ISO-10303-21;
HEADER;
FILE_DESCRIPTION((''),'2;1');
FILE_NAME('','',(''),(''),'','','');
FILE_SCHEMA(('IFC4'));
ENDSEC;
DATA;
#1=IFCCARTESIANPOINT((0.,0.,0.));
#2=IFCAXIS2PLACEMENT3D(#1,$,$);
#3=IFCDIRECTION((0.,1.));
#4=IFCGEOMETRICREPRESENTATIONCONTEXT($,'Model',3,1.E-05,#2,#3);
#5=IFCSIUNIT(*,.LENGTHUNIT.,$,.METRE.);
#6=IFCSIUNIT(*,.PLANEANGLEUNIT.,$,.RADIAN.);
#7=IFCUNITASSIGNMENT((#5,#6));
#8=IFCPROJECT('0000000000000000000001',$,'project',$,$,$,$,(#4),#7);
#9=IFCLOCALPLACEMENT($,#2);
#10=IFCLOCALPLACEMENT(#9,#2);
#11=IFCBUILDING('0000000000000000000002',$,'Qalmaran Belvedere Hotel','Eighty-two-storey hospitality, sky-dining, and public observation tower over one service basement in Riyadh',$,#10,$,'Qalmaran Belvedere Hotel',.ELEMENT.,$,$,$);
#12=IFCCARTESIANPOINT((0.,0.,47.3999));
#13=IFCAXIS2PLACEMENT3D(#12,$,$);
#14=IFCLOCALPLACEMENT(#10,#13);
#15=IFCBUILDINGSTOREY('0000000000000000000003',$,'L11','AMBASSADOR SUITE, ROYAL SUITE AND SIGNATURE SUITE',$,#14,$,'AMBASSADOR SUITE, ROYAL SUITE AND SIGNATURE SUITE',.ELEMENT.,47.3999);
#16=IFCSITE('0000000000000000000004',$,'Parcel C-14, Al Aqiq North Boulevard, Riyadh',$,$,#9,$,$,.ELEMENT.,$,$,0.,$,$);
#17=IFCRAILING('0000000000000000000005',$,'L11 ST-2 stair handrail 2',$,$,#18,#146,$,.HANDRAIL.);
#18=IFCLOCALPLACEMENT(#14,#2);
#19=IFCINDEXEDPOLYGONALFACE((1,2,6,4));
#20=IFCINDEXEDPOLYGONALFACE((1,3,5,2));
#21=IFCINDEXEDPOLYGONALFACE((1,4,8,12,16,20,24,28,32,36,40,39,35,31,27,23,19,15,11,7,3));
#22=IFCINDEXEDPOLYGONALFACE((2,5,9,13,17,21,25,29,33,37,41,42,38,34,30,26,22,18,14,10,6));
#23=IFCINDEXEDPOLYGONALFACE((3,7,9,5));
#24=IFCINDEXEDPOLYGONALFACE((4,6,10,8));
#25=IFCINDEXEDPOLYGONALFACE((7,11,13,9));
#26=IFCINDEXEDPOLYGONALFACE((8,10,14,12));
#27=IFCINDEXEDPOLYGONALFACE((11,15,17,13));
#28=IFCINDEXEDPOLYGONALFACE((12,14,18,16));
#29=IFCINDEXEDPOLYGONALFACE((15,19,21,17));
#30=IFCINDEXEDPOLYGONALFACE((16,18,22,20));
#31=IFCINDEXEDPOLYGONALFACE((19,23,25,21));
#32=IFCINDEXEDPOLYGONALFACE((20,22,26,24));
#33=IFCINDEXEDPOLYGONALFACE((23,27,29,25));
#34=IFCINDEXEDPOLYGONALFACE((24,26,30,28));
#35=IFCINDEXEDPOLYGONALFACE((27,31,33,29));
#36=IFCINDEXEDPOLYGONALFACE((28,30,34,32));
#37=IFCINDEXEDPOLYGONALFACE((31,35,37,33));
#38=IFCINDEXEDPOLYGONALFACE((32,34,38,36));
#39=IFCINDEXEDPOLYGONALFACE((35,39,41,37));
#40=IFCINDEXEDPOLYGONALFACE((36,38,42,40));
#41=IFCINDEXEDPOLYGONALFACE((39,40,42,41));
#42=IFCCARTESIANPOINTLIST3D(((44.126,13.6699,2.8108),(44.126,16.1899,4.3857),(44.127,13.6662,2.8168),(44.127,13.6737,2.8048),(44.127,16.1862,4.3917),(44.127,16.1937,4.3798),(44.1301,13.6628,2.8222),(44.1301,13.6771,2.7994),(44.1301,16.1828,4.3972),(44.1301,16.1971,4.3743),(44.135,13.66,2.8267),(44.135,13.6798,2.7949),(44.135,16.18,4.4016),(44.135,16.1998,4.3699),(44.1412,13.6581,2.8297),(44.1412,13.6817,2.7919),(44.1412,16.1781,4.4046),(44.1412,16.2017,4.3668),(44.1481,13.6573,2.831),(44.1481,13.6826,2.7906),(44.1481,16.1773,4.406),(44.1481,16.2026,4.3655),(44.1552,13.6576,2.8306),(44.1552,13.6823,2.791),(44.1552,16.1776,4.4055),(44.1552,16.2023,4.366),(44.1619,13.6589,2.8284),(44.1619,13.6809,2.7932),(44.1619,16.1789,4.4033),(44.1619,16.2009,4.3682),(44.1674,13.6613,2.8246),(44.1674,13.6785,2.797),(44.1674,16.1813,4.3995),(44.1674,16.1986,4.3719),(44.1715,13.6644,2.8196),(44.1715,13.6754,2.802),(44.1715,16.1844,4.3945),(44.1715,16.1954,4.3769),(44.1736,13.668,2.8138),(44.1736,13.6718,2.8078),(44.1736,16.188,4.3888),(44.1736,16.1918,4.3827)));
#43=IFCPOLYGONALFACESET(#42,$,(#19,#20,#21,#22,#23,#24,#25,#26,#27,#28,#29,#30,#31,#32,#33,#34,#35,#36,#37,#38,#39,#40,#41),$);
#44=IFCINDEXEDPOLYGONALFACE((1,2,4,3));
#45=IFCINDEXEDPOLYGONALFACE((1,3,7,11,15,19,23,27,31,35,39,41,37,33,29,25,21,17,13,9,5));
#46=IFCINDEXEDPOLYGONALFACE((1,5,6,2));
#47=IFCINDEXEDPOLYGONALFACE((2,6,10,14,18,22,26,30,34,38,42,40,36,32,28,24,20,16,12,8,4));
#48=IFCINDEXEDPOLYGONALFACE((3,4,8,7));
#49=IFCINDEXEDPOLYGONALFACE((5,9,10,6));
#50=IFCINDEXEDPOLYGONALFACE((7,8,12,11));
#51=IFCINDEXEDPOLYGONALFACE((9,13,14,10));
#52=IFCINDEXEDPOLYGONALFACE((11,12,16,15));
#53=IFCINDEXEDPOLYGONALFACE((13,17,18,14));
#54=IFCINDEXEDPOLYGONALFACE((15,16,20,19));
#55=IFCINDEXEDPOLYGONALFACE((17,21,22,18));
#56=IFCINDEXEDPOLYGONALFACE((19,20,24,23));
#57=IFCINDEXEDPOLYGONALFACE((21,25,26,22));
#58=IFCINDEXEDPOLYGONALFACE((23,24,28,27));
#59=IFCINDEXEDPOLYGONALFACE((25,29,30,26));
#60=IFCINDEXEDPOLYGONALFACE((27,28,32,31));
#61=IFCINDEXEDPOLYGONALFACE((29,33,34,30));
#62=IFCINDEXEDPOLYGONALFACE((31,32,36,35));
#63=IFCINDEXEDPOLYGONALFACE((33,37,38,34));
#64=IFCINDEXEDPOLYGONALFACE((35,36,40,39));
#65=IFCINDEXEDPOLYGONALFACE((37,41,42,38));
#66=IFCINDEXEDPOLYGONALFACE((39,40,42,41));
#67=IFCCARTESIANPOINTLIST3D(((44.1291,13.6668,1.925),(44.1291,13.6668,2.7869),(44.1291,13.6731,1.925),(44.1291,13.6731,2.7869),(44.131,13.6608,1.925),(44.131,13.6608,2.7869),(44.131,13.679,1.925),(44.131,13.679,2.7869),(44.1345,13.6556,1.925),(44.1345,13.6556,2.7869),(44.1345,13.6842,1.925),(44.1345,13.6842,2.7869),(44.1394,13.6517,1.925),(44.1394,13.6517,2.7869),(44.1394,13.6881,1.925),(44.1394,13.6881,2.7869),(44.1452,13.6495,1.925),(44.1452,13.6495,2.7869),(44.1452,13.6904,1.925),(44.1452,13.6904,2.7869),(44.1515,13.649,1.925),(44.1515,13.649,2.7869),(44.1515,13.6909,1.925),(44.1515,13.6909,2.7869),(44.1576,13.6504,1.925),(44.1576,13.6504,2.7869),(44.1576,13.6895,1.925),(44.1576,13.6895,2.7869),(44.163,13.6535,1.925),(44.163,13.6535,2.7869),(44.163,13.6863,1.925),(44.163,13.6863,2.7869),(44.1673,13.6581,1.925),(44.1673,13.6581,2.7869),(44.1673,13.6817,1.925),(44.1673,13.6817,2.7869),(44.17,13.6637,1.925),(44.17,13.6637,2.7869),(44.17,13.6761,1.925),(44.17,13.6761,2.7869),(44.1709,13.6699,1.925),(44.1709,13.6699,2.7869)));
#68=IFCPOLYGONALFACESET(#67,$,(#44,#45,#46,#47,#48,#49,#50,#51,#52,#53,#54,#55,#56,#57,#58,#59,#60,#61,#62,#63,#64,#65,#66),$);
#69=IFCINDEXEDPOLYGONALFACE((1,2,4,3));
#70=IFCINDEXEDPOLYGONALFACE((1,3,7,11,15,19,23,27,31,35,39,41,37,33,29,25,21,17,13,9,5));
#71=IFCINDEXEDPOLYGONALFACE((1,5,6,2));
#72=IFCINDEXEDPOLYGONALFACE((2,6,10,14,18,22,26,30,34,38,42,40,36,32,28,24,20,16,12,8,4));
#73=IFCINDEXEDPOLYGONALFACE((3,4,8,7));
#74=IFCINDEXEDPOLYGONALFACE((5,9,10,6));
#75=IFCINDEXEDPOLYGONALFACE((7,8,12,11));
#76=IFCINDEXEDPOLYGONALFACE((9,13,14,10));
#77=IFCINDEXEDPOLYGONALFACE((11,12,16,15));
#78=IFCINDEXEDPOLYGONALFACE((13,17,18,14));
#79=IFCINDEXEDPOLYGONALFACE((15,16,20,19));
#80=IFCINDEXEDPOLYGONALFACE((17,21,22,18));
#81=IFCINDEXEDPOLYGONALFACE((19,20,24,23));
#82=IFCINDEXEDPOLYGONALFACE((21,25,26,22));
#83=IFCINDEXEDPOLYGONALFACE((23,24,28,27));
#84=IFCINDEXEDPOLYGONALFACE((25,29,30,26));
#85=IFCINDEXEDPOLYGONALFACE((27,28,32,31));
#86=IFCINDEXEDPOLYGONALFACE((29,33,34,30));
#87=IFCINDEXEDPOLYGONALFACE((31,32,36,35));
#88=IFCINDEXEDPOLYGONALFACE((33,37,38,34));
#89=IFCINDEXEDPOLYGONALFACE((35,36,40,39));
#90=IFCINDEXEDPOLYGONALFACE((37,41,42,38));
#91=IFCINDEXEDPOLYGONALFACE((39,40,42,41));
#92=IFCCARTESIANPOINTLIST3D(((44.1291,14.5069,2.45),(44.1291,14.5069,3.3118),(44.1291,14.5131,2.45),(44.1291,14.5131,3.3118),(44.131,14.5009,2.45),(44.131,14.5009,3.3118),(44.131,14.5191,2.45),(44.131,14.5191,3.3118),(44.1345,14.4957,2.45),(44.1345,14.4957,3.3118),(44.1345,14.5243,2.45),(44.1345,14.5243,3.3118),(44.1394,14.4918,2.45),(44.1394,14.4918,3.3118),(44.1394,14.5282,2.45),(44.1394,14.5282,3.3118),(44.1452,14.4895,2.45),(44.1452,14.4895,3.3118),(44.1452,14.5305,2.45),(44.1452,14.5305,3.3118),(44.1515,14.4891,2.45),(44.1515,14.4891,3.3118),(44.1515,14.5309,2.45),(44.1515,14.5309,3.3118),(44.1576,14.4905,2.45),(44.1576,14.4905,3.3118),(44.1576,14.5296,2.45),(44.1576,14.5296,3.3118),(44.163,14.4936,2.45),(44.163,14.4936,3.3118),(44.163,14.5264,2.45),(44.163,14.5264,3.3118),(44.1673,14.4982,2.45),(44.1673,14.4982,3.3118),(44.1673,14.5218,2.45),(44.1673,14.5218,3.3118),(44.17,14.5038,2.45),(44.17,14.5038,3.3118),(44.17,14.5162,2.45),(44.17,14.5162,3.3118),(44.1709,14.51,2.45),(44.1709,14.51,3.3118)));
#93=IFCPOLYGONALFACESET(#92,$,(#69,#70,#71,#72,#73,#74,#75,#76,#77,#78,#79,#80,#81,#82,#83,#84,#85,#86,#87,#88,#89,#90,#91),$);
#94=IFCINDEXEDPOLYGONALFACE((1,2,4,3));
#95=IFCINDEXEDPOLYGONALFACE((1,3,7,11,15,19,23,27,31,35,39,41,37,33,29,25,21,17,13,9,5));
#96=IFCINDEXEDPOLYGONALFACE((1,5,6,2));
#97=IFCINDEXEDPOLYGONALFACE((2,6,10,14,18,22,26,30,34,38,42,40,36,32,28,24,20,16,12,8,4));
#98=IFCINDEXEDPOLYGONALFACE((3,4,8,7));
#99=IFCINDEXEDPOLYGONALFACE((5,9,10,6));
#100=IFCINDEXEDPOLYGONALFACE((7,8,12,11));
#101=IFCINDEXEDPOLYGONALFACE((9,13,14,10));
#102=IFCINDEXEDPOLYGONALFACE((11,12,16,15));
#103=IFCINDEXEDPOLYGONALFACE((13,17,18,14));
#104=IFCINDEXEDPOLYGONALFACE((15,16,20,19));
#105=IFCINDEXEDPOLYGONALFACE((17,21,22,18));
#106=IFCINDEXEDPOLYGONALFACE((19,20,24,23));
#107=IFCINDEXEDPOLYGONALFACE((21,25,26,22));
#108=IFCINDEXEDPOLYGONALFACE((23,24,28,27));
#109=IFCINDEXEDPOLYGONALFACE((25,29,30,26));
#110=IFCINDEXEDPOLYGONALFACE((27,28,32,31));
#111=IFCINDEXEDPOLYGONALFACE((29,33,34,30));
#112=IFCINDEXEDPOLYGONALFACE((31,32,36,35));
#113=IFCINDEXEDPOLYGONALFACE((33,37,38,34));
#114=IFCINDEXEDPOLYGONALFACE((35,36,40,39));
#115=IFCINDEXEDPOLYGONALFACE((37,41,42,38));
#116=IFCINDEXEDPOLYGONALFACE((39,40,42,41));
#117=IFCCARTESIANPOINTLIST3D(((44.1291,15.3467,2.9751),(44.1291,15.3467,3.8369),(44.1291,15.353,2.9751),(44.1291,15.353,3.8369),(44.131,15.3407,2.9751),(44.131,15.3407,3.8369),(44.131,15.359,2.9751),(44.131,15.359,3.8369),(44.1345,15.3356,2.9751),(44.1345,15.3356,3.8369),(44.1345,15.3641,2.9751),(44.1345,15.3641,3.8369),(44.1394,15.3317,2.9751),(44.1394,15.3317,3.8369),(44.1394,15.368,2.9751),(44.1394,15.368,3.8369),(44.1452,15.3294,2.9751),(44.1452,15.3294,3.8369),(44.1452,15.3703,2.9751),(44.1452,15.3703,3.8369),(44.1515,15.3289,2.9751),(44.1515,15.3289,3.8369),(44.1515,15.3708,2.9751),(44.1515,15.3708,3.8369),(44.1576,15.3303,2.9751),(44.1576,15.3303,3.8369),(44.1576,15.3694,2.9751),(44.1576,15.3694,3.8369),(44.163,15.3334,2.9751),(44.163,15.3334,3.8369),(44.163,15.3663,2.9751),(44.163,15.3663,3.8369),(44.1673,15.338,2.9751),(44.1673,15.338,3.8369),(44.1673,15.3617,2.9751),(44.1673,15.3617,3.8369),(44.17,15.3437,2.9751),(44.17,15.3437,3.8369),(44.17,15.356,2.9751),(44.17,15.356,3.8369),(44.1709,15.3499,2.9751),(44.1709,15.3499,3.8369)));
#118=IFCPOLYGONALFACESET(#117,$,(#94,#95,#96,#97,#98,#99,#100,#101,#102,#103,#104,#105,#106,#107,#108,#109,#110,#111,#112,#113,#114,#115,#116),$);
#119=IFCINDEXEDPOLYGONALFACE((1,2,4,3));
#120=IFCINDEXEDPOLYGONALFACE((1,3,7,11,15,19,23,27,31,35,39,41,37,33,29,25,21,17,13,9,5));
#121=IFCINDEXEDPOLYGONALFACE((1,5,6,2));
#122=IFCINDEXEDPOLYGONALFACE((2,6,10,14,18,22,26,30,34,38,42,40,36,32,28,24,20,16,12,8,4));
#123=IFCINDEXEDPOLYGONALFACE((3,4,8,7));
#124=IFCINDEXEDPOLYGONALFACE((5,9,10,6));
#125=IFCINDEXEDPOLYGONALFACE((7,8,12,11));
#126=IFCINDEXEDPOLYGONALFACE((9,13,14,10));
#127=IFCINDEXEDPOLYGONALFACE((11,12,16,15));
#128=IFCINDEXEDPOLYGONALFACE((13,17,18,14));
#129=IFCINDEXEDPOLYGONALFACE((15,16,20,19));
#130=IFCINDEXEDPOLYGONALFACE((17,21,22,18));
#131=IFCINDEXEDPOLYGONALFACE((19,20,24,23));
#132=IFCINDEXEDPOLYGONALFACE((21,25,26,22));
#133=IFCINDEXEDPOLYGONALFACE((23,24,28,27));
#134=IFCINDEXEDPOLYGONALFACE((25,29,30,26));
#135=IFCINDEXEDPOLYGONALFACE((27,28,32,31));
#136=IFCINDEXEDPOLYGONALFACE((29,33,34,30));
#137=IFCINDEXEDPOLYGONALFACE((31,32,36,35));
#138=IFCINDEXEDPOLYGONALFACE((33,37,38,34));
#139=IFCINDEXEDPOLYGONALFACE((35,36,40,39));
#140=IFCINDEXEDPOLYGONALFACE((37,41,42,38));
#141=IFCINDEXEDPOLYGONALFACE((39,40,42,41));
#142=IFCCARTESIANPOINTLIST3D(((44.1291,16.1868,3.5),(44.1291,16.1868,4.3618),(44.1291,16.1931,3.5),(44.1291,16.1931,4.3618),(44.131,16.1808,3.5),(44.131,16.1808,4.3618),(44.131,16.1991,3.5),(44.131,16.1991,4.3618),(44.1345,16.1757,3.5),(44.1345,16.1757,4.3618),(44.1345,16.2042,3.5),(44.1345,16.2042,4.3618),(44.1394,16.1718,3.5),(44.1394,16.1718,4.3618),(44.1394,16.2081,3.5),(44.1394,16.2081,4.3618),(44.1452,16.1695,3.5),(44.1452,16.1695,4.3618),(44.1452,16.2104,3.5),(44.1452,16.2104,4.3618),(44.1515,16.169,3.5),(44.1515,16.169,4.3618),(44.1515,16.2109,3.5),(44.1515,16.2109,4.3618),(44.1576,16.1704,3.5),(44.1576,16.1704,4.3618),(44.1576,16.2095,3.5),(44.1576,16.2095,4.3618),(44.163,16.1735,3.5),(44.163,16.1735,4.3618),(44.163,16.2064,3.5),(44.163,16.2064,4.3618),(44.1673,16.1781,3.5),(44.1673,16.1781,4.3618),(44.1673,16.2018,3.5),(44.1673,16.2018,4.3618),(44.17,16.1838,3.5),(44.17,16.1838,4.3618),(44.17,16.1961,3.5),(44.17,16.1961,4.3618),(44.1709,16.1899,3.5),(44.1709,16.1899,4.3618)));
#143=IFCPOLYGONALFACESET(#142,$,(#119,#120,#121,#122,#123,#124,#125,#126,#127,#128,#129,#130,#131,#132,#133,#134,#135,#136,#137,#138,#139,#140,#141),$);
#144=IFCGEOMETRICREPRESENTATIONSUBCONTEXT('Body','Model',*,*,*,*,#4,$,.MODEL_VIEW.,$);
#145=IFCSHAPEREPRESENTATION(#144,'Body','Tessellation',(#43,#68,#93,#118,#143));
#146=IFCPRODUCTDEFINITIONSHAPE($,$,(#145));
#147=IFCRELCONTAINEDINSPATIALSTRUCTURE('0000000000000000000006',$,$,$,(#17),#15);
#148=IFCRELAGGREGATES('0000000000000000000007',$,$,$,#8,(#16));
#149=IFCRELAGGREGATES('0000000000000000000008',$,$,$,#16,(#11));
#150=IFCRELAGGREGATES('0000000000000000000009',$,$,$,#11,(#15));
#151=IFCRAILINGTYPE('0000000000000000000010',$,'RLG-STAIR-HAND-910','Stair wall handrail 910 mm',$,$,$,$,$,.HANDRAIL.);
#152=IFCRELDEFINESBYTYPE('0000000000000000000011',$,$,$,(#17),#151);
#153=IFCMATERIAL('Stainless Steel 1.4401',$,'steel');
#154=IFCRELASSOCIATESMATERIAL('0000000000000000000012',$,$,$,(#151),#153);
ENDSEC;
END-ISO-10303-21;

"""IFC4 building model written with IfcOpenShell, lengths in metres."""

from ifc_helpers import new_model, si_unit, direction, frame, origin, origin_2d, place, context, subcontext, project, spatial, circle, extrude, material, type_object, element, save


model = new_model("IFC4")

# Units and contexts
model_context = context("Model", 3, precision=1e-05, world=origin(), true_north=direction((0.0, 1.0)))
body_context = subcontext(model_context, "Body", "Model", "MODEL_VIEW")
ifc_project = project(units=[si_unit("LENGTHUNIT", "METRE"), si_unit("PLANEANGLEUNIT", "RADIAN")], contexts=[model_context])

# Site, building, storey
site_placement = place(None, origin())
site = spatial("IfcSite", under=ifc_project, at=site_placement, Name="Parcel C-14, Al Aqiq North Boulevard, Riyadh", CompositionType="ELEMENT", RefElevation=0.0)
building_placement = place(site_placement, origin())
building = spatial("IfcBuilding", under=site, at=building_placement, Name="Qalmaran Belvedere Hotel", Description="Eighty-two-storey hospitality, sky-dining, and public observation tower over one service basement in Riyadh", LongName="Qalmaran Belvedere Hotel", CompositionType="ELEMENT")
storey_placement = place(building_placement, frame((0.0, 0.0, 47.3999)))
storey = spatial("IfcBuildingStorey", under=building, at=storey_placement, Name="L11", Description="AMBASSADOR SUITE, ROYAL SUITE AND SIGNATURE SUITE", LongName="AMBASSADOR SUITE, ROYAL SUITE AND SIGNATURE SUITE", CompositionType="ELEMENT", Elevation=47.3999)

# Shared definitions
ifc_material_1 = material(Name="Stainless Steel 1.4401", Category="steel")

# Railing
railing_type_1 = type_object("IfcRailingType", Name="RLG-STAIR-HAND-910", Description="Stair wall handrail 910 mm", PredefinedType="HANDRAIL", material=ifc_material_1)
railing_1_placement = place(storey_placement, frame((44.1499, 13.6699, 1.925)))
element("IfcRailing", 1, at=railing_1_placement, inside=storey, type_object=railing_type_1, Name="L11 ST-2 stair handrail 2", PredefinedType="HANDRAIL", context=body_context, shape_type="SweptSolid", body=[
    extrude(circle(Radius=0.0239, at=origin_2d()), frame((0.0, 0.0, 0.8857), z_axis=(0.0, 0.848008, 0.529984), x_axis=(-1.0, 0.0, 0.0)), (0.0, 0.0, 1.0), 2.9717),
    extrude(circle(Radius=0.021, at=origin_2d()), origin(), (0.0, 0.0, 1.0), 0.8618),
    extrude(circle(Radius=0.021, at=origin_2d()), frame((0.0, 0.8401, 0.5249)), (0.0, 0.0, 1.0), 0.8618),
    extrude(circle(Radius=0.021, at=origin_2d()), frame((0.0, 1.6799, 1.05)), (0.0, 0.0, 1.0), 0.8618),
    extrude(circle(Radius=0.021, at=origin_2d()), frame((0.0, 2.52, 1.575)), (0.0, 0.0, 1.0), 0.8618),
])

save(model, "model.ifc")
